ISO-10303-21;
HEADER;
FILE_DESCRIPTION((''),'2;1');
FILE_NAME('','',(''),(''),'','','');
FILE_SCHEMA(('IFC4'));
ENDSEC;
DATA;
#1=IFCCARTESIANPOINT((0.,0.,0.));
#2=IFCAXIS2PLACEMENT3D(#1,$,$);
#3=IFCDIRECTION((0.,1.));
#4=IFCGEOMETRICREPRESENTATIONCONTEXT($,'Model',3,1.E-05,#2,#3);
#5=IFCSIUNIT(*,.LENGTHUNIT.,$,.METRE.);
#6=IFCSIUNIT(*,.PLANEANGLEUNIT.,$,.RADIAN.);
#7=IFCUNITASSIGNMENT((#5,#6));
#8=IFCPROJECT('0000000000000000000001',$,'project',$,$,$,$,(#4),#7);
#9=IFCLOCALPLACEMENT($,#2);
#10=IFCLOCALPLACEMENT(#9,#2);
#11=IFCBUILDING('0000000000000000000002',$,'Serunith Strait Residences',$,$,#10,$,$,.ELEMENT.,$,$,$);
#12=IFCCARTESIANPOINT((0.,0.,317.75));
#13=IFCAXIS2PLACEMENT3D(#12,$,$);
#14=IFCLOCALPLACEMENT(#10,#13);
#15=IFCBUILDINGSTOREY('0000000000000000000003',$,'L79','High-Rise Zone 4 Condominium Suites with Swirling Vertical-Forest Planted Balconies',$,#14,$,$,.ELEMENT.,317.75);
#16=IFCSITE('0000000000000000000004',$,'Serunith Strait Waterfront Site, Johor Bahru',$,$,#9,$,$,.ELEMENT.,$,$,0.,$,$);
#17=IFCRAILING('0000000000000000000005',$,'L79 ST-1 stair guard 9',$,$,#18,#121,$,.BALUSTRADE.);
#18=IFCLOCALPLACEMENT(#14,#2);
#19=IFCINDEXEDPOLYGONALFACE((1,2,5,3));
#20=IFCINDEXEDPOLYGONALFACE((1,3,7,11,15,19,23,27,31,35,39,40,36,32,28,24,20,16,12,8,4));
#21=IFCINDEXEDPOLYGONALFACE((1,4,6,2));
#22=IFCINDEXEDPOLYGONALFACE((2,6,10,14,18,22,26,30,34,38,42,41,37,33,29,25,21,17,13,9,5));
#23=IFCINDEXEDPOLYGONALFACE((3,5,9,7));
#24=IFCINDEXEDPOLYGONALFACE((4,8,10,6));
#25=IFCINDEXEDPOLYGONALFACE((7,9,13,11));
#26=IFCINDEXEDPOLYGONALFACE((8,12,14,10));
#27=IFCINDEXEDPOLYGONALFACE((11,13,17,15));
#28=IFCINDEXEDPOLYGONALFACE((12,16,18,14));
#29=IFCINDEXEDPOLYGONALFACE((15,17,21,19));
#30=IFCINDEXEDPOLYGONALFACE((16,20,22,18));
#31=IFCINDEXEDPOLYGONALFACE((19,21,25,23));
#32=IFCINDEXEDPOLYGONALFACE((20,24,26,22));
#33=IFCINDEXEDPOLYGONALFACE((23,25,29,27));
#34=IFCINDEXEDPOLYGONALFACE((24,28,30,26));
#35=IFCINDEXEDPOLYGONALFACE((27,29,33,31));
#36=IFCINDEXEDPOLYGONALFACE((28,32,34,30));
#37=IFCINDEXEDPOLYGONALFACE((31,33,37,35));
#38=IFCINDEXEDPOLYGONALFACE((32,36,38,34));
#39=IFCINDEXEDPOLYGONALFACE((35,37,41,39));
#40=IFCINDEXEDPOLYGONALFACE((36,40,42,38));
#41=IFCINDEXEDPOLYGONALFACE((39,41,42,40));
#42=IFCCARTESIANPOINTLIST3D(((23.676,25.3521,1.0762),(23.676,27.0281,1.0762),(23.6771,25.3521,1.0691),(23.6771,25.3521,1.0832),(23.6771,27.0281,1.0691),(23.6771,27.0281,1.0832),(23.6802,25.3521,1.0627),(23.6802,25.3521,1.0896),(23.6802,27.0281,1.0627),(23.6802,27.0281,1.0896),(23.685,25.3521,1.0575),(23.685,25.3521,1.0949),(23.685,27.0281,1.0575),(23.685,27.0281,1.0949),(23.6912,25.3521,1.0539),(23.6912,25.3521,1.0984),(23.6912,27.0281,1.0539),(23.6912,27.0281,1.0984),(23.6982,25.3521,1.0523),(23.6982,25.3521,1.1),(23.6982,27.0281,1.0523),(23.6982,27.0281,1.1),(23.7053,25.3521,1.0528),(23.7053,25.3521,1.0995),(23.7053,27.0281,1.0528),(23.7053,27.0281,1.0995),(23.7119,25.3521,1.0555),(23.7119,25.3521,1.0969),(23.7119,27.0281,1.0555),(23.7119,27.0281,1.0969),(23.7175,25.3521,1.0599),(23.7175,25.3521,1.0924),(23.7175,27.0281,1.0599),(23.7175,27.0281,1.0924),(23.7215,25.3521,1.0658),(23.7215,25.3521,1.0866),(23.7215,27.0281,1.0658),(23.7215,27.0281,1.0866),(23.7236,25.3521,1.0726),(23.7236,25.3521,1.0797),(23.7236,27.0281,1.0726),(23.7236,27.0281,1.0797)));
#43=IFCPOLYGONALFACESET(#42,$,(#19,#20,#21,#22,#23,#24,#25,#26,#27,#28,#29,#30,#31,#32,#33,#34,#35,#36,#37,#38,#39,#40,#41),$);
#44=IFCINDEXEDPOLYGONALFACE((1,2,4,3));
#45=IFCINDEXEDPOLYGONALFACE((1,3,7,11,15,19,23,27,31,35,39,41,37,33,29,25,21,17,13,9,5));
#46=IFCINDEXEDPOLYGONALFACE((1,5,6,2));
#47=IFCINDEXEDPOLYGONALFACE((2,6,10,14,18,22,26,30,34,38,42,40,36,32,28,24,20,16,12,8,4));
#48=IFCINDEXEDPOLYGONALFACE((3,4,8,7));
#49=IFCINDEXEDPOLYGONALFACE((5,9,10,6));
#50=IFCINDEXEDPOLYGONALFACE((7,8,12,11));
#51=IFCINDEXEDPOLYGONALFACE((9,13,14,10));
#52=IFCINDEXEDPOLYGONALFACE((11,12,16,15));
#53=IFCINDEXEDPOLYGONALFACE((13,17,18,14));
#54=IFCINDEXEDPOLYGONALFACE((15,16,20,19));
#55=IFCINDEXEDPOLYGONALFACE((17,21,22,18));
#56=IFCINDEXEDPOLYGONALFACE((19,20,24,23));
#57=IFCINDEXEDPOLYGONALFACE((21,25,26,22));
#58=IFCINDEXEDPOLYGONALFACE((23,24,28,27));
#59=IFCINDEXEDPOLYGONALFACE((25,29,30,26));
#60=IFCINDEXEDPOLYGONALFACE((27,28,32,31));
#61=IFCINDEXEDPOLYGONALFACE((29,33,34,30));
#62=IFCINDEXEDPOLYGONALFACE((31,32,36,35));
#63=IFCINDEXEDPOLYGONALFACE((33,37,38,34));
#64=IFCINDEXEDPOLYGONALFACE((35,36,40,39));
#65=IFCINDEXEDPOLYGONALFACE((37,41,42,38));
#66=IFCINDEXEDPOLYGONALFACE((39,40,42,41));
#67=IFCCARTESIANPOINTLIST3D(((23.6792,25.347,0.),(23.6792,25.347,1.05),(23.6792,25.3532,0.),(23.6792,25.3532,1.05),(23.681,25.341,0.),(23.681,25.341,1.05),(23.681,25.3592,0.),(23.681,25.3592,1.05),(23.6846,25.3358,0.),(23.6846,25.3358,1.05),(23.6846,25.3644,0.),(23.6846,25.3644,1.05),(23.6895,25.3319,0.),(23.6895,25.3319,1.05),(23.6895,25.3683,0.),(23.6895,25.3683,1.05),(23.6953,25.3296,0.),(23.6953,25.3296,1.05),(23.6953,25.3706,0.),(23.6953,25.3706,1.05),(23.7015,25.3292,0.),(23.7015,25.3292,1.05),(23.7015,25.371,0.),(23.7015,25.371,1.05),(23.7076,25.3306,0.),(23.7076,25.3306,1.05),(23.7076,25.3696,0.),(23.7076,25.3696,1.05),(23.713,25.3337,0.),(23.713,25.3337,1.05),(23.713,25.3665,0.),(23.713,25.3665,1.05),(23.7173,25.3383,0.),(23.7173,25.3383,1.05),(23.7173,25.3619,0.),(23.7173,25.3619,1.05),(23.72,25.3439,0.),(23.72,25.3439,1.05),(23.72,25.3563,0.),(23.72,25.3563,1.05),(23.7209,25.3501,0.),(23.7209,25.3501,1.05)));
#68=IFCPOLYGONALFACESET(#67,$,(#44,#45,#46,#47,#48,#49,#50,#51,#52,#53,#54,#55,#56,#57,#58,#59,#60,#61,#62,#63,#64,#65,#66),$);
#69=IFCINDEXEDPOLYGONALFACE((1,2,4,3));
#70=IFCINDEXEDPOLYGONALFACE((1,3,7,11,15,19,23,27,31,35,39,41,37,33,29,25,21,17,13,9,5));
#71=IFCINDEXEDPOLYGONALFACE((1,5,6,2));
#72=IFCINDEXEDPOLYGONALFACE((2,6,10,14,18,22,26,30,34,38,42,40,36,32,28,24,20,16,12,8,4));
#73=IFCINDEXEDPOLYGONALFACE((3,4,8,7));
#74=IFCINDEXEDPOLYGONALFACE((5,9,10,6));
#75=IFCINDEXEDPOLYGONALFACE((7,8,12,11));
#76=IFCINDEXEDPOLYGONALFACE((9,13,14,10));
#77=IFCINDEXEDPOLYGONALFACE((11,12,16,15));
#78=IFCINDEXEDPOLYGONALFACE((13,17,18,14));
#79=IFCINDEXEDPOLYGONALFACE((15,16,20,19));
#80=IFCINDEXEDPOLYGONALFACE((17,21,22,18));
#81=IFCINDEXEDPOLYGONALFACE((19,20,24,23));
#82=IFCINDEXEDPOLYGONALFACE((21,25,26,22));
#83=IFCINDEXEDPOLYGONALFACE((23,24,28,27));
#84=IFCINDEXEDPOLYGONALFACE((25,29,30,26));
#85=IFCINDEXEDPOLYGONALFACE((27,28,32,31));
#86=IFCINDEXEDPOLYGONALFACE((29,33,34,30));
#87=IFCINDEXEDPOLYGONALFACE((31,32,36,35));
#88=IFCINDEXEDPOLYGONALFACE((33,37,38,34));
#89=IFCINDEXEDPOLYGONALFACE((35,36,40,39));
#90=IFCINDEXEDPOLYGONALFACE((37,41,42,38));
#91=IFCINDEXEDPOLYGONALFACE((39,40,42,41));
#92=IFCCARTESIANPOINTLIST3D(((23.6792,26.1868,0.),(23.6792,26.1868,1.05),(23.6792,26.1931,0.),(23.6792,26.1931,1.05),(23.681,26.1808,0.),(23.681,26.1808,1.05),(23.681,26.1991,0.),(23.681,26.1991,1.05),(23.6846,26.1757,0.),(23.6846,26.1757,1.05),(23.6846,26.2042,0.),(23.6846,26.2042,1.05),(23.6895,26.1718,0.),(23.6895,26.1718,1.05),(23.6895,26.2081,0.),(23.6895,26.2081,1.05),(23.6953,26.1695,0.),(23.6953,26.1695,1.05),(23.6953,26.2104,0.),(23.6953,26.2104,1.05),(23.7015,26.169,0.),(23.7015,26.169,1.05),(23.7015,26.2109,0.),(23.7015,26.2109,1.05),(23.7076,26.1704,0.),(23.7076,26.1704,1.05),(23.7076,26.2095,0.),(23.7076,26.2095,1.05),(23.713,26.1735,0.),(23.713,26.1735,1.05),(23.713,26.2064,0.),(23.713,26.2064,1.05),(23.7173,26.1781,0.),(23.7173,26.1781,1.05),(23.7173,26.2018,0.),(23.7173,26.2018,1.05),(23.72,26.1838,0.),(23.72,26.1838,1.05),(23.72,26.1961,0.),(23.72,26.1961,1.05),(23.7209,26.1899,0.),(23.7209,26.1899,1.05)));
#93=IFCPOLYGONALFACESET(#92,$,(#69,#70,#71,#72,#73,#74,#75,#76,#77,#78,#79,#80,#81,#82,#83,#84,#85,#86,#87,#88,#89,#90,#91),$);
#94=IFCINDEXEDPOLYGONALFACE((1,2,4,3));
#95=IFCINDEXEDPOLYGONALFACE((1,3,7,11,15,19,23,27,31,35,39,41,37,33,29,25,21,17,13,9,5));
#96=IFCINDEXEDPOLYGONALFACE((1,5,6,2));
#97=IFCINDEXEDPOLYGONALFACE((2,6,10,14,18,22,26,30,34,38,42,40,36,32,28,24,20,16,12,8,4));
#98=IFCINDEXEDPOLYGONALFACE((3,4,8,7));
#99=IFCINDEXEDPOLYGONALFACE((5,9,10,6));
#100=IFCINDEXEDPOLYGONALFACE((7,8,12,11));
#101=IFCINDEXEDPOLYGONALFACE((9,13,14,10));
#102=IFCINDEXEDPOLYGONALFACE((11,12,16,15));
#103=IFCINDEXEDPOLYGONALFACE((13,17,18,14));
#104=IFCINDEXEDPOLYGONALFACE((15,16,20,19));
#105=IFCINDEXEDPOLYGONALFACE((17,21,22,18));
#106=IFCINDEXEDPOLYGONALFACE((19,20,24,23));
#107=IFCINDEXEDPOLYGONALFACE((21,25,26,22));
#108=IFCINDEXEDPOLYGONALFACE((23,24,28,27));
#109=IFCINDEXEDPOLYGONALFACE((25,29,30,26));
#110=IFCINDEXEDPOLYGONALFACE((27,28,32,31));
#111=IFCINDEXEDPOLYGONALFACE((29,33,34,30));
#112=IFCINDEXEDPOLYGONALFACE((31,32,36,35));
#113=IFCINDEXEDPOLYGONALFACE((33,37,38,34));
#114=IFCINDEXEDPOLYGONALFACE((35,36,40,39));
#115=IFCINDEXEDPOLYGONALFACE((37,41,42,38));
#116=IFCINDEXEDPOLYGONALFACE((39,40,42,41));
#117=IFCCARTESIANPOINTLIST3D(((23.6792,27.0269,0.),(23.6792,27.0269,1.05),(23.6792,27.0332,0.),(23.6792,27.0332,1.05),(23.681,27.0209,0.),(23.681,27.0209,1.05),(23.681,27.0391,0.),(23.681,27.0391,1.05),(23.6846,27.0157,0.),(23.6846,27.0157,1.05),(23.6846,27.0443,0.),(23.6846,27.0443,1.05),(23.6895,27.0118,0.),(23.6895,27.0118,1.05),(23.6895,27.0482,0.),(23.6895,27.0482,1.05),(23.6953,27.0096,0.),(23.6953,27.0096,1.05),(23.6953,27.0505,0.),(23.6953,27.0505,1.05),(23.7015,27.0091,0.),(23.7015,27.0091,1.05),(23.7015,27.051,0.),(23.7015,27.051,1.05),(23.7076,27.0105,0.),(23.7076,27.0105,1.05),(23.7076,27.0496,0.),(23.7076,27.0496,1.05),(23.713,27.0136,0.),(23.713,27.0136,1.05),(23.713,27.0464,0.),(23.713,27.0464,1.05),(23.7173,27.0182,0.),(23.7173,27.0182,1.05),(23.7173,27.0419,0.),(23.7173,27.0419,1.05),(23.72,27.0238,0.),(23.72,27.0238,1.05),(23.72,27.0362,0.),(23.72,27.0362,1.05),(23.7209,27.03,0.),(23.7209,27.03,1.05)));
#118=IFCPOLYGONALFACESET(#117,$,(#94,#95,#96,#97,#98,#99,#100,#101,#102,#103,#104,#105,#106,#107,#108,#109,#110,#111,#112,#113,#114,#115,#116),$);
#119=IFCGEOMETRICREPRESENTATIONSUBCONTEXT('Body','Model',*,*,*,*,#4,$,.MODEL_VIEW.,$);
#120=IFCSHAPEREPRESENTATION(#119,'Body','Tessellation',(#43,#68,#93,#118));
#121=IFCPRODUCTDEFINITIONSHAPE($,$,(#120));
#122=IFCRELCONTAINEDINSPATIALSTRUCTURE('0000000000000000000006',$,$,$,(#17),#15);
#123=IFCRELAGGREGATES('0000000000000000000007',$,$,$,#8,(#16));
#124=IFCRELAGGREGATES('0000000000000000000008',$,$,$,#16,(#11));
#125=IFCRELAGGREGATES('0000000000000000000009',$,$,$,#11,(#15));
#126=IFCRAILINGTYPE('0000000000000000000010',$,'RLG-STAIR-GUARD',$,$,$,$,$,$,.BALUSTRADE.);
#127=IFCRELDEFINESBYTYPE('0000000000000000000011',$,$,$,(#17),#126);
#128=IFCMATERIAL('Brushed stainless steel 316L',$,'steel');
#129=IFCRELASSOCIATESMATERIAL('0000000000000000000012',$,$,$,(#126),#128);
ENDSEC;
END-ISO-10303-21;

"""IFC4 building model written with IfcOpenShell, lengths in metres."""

from ifc_helpers import new_model, si_unit, direction, frame, origin, origin_2d, place, context, subcontext, project, spatial, circle, extrude, material, type_object, element, save


model = new_model("IFC4")

# Units and contexts
model_context = context("Model", 3, precision=1e-05, world=origin(), true_north=direction((0.0, 1.0)))
body_context = subcontext(model_context, "Body", "Model", "MODEL_VIEW")
ifc_project = project(units=[si_unit("LENGTHUNIT", "METRE"), si_unit("PLANEANGLEUNIT", "RADIAN")], contexts=[model_context])

# Site, building, storey
site_placement = place(None, origin())
site = spatial("IfcSite", under=ifc_project, at=site_placement, Name="Serunith Strait Waterfront Site, Johor Bahru", CompositionType="ELEMENT", RefElevation=0.0)
building_placement = place(site_placement, origin())
building = spatial("IfcBuilding", under=site, at=building_placement, Name="Serunith Strait Residences", CompositionType="ELEMENT")
storey_placement = place(building_placement, frame((0.0, 0.0, 317.75)))
storey = spatial("IfcBuildingStorey", under=building, at=storey_placement, Name="L79", Description="High-Rise Zone 4 Condominium Suites with Swirling Vertical-Forest Planted Balconies", CompositionType="ELEMENT", Elevation=317.75)

# Railing
ifc_material_1 = material(Name="Brushed stainless steel 316L", Category="steel")
railing_type = type_object("IfcRailingType", Name="RLG-STAIR-GUARD", PredefinedType="BALUSTRADE", material=ifc_material_1)
for number, where, name in (
    (1, (23.7, 25.3501, 0.0), "L79 ST-1 stair guard 9"),
):
    element("IfcRailing", number, at=place(storey_placement, frame(where)), inside=storey, type_object=railing_type, Name=name, PredefinedType="BALUSTRADE", context=body_context, shape_type="SweptSolid", body=[
        extrude(circle(Radius=0.0239, at=origin_2d()), frame((0.0, 0.002, 1.0762), z_axis=(0.0, 1.0, 0.0), x_axis=(-1.0, 0.0, 0.0)), (0.0, 0.0, 1.0), 1.676),
        extrude(circle(Radius=0.021, at=origin_2d()), origin(), (0.0, 0.0, 1.0), 1.05),
        extrude(circle(Radius=0.021, at=origin_2d()), frame((0.0, 0.8398, 0.0)), (0.0, 0.0, 1.0), 1.05),
        extrude(circle(Radius=0.021, at=origin_2d()), frame((0.0, 1.6799, 0.0)), (0.0, 0.0, 1.0), 1.05),
    ])

save(model, "model.ifc")
